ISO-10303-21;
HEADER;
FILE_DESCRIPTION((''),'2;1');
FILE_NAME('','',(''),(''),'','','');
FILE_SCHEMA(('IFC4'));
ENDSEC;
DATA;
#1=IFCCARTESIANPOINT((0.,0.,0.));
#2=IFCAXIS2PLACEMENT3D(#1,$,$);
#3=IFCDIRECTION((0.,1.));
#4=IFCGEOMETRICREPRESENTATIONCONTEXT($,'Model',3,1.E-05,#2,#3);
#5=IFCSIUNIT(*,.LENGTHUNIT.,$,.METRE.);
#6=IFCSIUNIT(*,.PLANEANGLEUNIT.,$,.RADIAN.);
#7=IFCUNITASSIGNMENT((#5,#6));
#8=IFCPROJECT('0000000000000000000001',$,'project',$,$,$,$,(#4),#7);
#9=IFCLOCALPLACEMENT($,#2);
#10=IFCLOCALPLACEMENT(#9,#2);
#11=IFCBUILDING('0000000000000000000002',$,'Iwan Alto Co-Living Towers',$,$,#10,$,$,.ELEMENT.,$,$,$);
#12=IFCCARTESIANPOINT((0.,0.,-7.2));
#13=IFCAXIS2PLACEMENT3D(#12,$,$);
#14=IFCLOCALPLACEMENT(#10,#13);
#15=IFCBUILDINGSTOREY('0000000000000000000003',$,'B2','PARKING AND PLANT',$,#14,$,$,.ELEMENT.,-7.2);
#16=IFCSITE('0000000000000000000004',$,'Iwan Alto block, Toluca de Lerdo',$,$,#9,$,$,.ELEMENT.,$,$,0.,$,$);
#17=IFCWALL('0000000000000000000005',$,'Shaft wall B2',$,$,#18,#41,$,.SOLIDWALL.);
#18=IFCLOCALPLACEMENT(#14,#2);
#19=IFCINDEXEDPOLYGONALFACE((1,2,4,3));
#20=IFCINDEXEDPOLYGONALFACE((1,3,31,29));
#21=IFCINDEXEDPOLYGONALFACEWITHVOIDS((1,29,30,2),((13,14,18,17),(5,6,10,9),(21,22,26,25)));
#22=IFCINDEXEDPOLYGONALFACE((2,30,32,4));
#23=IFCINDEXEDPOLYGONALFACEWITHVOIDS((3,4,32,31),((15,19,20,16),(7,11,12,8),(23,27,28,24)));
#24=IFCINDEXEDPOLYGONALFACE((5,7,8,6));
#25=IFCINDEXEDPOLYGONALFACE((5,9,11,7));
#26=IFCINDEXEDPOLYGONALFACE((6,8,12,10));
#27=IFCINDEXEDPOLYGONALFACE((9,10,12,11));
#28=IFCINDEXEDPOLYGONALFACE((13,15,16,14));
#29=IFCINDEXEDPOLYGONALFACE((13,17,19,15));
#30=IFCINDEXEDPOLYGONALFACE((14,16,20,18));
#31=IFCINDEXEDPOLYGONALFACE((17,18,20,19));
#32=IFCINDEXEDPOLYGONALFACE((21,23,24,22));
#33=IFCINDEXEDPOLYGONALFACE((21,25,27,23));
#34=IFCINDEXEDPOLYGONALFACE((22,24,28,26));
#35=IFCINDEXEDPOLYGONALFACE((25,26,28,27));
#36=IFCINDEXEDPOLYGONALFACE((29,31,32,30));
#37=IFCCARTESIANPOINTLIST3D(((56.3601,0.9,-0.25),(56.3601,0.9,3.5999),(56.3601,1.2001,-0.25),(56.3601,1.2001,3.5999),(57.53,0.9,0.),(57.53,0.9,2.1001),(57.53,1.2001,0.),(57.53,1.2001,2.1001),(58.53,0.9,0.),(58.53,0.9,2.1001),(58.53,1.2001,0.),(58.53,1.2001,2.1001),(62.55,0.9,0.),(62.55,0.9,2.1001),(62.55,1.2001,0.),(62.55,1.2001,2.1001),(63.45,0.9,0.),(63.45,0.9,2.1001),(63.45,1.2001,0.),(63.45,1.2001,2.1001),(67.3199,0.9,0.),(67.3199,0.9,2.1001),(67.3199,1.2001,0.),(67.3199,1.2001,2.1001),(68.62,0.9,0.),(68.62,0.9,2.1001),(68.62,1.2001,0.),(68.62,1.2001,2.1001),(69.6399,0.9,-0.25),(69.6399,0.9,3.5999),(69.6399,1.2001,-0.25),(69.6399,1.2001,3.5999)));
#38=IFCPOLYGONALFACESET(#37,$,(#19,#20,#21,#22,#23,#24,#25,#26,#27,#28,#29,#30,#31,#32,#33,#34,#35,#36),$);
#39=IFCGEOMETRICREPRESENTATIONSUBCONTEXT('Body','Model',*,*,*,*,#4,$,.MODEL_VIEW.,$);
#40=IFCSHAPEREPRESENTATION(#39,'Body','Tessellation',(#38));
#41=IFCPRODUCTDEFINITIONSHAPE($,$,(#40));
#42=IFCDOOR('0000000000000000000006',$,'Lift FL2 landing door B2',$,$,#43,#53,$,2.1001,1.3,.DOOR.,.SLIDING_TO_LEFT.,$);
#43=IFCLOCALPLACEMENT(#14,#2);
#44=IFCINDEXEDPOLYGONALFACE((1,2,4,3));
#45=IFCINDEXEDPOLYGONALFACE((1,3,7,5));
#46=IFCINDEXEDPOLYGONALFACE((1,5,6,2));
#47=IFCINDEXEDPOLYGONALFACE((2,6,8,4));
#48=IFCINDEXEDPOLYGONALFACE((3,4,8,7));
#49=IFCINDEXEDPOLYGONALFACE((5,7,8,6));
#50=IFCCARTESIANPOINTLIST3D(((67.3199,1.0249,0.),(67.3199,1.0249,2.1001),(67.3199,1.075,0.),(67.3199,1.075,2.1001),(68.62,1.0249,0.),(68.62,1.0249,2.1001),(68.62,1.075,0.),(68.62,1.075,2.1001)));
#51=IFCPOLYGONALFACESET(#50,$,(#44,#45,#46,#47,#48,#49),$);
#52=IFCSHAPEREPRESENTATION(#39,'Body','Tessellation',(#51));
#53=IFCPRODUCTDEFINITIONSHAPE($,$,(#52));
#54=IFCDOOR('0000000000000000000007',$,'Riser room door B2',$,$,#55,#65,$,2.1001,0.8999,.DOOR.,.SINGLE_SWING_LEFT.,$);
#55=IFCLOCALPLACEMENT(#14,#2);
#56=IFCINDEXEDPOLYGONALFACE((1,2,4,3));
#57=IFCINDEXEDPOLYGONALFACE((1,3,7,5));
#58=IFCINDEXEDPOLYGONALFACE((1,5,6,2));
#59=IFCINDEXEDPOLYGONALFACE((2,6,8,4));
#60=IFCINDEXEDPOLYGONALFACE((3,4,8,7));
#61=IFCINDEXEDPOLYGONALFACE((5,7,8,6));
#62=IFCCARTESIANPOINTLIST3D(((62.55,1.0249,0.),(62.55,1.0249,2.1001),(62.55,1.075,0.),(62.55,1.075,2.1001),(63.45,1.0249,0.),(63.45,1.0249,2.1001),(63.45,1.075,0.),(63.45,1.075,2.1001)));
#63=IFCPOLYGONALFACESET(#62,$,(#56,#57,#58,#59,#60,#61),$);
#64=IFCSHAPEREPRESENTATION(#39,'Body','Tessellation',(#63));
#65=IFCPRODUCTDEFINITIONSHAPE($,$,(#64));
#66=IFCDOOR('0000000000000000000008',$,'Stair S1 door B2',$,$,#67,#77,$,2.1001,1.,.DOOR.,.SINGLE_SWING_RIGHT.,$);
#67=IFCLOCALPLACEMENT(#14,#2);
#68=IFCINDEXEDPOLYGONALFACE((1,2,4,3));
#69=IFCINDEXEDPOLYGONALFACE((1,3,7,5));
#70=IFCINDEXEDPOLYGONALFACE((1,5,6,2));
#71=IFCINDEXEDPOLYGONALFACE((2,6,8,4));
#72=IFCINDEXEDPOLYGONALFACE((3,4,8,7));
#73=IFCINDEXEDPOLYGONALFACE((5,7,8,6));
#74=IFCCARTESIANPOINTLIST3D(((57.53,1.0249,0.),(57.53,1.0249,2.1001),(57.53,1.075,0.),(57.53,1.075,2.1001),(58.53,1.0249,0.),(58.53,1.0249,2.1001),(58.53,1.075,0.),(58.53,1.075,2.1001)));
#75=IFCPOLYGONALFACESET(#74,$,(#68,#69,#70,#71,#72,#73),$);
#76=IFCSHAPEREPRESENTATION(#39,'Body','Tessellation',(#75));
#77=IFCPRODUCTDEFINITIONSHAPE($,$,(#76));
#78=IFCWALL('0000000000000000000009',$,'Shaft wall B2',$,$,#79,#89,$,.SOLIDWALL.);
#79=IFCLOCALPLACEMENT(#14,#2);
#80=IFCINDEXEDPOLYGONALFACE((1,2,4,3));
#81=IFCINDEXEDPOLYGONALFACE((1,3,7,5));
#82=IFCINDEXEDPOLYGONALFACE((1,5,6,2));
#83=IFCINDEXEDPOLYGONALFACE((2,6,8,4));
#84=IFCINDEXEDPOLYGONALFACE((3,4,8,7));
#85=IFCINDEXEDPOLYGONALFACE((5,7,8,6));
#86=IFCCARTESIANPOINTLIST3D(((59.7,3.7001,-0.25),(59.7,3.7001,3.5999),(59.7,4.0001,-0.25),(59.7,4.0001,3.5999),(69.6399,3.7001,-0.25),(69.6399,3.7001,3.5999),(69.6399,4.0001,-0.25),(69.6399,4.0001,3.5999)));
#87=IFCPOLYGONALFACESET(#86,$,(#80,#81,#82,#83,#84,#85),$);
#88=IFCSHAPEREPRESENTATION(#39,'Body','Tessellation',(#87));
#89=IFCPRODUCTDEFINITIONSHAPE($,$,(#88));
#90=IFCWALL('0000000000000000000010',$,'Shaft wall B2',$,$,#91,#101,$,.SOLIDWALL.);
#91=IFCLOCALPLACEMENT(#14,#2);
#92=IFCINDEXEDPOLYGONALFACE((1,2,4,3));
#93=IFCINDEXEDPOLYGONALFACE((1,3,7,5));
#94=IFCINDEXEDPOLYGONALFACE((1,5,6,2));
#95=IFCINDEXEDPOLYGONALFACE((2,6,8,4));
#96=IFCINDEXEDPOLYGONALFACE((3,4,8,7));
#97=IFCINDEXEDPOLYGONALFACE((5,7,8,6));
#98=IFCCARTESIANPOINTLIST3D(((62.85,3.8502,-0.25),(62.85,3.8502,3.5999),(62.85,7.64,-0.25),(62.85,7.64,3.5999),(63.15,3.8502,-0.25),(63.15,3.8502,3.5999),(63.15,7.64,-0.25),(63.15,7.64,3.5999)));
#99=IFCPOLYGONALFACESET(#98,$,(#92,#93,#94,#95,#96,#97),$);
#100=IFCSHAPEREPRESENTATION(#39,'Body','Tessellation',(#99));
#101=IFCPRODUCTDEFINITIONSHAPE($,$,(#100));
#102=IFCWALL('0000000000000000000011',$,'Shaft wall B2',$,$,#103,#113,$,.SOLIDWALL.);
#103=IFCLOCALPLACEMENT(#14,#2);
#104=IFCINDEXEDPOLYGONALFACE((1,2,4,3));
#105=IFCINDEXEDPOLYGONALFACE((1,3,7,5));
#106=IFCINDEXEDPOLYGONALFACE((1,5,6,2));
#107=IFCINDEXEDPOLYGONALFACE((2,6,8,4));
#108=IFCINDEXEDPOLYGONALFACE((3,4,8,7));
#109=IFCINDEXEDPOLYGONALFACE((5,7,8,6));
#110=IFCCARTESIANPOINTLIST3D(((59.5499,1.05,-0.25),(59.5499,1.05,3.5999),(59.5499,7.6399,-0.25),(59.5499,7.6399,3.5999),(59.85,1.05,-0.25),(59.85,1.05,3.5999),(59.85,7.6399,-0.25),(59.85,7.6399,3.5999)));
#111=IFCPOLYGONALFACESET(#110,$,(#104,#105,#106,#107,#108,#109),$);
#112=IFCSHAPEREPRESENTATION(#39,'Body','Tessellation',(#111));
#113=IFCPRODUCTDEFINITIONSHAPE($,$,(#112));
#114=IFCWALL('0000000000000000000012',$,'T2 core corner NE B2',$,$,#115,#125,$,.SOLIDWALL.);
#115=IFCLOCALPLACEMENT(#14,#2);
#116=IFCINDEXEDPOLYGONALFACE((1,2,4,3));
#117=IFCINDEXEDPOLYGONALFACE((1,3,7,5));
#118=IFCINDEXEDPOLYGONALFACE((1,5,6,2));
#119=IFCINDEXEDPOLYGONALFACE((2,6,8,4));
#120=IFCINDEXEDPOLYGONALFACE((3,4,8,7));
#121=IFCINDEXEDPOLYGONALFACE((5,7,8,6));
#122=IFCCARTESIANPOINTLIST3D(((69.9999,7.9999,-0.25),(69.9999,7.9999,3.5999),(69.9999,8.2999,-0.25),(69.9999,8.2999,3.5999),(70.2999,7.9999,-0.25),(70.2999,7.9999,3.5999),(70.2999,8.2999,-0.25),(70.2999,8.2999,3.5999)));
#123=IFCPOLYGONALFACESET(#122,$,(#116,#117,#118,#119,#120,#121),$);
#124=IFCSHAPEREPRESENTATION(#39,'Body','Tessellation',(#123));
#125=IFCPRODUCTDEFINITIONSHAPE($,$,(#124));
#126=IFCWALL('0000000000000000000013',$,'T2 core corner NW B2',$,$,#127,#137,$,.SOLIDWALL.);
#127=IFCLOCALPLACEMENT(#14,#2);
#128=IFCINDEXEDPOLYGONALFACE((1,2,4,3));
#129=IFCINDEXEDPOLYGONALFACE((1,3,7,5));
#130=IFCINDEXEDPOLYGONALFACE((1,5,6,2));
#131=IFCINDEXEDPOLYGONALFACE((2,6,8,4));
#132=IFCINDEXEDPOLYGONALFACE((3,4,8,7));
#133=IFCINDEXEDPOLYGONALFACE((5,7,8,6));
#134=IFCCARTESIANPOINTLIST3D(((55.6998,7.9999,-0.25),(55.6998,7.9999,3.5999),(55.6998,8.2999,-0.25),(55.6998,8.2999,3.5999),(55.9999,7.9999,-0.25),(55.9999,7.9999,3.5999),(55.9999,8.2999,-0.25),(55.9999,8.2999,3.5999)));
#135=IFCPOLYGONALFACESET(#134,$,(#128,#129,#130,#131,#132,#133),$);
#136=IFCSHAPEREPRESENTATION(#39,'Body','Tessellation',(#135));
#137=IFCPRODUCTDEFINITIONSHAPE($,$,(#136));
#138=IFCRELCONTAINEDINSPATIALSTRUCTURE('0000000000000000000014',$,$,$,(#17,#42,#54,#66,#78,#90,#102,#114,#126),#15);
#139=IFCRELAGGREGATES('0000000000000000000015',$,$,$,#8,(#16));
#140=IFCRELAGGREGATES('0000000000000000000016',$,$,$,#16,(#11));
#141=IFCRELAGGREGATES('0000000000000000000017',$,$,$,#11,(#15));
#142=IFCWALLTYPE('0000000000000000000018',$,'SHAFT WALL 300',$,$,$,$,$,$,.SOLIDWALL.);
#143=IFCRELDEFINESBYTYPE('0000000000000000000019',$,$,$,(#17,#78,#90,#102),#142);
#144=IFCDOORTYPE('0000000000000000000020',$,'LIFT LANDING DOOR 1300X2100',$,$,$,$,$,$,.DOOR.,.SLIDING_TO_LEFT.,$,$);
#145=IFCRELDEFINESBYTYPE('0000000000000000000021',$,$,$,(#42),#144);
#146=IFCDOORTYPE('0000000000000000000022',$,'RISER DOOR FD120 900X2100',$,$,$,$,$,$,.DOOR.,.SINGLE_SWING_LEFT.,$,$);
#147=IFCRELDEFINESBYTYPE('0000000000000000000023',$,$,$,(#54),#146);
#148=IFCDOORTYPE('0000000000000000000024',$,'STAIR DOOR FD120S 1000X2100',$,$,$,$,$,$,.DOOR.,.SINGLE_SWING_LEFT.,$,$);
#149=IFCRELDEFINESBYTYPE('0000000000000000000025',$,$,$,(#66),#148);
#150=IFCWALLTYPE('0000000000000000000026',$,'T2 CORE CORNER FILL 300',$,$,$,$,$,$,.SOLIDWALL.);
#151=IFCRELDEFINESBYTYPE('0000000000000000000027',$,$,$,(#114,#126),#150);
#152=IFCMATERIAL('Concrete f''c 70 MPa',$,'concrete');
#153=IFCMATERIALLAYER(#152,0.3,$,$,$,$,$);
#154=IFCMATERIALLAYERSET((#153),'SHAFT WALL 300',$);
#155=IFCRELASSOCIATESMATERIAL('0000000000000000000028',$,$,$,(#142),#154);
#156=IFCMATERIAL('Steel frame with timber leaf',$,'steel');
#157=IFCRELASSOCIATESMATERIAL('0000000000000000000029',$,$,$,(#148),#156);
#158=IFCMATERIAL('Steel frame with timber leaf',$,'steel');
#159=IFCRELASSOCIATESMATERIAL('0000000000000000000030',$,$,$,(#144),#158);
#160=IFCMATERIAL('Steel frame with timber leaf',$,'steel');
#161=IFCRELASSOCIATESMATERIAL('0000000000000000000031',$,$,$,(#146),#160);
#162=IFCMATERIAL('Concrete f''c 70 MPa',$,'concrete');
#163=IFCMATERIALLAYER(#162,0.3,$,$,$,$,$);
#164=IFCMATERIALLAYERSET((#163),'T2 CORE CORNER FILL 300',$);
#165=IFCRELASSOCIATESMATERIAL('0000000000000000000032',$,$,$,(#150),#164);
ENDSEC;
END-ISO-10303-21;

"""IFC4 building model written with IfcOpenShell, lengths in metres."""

from ifc_helpers import new_model, si_unit, direction, frame, frame_2d, origin, place, context, subcontext, project, spatial, rectangle, extrude, material, layer, layer_set, type_object, element, fill, save


model = new_model("IFC4")

# Units and contexts
model_context = context("Model", 3, precision=1e-05, world=origin(), true_north=direction((0.0, 1.0)))
body_context = subcontext(model_context, "Body", "Model", "MODEL_VIEW")
ifc_project = project(units=[si_unit("LENGTHUNIT", "METRE"), si_unit("PLANEANGLEUNIT", "RADIAN")], contexts=[model_context])

# Site, building, storey
site_placement = place(None, origin())
site = spatial("IfcSite", under=ifc_project, at=site_placement, Name="Iwan Alto block, Toluca de Lerdo", CompositionType="ELEMENT", RefElevation=0.0)
building_placement = place(site_placement, origin())
building = spatial("IfcBuilding", under=site, at=building_placement, Name="Iwan Alto Co-Living Towers", CompositionType="ELEMENT")
storey_placement = place(building_placement, frame((0.0, 0.0, -7.2)))
storey = spatial("IfcBuildingStorey", under=building, at=storey_placement, Name="B2", Description="PARKING AND PLANT", CompositionType="ELEMENT", Elevation=-7.2)

# Wall, openings, doors
ifc_material_1 = material(Name="Concrete f'c 70 MPa", Category="concrete")
ifc_layer_1 = layer(ifc_material_1, 0.3)
ifc_layer_set_1 = layer_set([ifc_layer_1], Name="SHAFT WALL 300")
wall_type_1 = type_object("IfcWallType", Name="SHAFT WALL 300", PredefinedType="SOLIDWALL", material=ifc_layer_set_1)
ifc_material_2 = material(Name="Steel frame with timber leaf", Category="steel")
door_type_1 = type_object("IfcDoorType", Name="STAIR DOOR FD120S 1000X2100", OperationType="SINGLE_SWING_LEFT", PredefinedType="DOOR", material=ifc_material_2)
wall_1_placement = place(storey_placement, frame((56.3601, 1.05, -0.25), z_axis=(0.0, 0.0, 1.0), x_axis=(1.0, 0.0, 0.0)))
wall_1 = element("IfcWall", 1, at=wall_1_placement, inside=storey, type_object=wall_type_1, Name="Shaft wall B2", PredefinedType="SOLIDWALL", context=body_context, shape_type="SweptSolid", body=[
    extrude(rectangle(XDim=13.2798, YDim=0.3, at=frame_2d((6.6399, 0.0))), origin(), (0.0, 0.0, 1.0), 3.8499),
])
opening_1_placement = place(wall_1_placement, frame((1.1699, 0.0, 0.25)))
opening_1 = element("IfcOpeningElement", 2, at=opening_1_placement, cuts=wall_1, PredefinedType="OPENING", context=body_context, shape_type="SweptSolid", body=[
    extrude(rectangle(XDim=1.0, YDim=2.1001, at=frame_2d((0.5, 1.05))), frame((0.0, 0.1599, 0.0), z_axis=(0.0, -1.0, 0.0), x_axis=(1.0, 0.0, 0.0)), (0.0, 0.0, 1.0), 0.3201),
])
opening_2_placement = place(wall_1_placement, frame((6.1899, 0.0, 0.25)))
opening_2 = element("IfcOpeningElement", 3, at=opening_2_placement, cuts=wall_1, PredefinedType="OPENING", context=body_context, shape_type="SweptSolid", body=[
    extrude(rectangle(XDim=0.8999, YDim=2.1001, at=frame_2d((0.45, 1.05))), frame((0.0, 0.1599, 0.0), z_axis=(0.0, -1.0, 0.0), x_axis=(1.0, 0.0, 0.0)), (0.0, 0.0, 1.0), 0.3201),
])
opening_3_placement = place(wall_1_placement, frame((10.96, 0.0, 0.25)))
opening_3 = element("IfcOpeningElement", 4, at=opening_3_placement, cuts=wall_1, PredefinedType="OPENING", context=body_context, shape_type="SweptSolid", body=[
    extrude(rectangle(XDim=1.3, YDim=2.1001, at=frame_2d((0.6499, 1.05))), frame((0.0, 0.1599, 0.0), z_axis=(0.0, -1.0, 0.0), x_axis=(1.0, 0.0, 0.0)), (0.0, 0.0, 1.0), 0.3201),
])
ifc_material_3 = material(Name="Steel frame with timber leaf", Category="steel")
door_type_2 = type_object("IfcDoorType", Name="LIFT LANDING DOOR 1300X2100", OperationType="SLIDING_TO_LEFT", PredefinedType="DOOR", material=ifc_material_3)
door_1_placement = place(opening_3_placement, origin())
door_1 = element("IfcDoor", 5, at=door_1_placement, inside=storey, type_object=door_type_2, Name="Lift FL2 landing door B2", OperationType="SLIDING_TO_LEFT", OverallHeight=2.1001, OverallWidth=1.3, PredefinedType="DOOR", context=body_context, shape_type="SweptSolid", body=[
    extrude(rectangle(XDim=1.3, YDim=2.1001, at=frame_2d((0.6499, 1.05))), frame((0.0, 0.0249, 0.0), z_axis=(0.0, -1.0, 0.0), x_axis=(1.0, 0.0, 0.0)), (0.0, 0.0, 1.0), 0.05),
])
fill(opening_3, door_1)
ifc_material_4 = material(Name="Steel frame with timber leaf", Category="steel")
door_type_3 = type_object("IfcDoorType", Name="RISER DOOR FD120 900X2100", OperationType="SINGLE_SWING_LEFT", PredefinedType="DOOR", material=ifc_material_4)
door_2_placement = place(opening_2_placement, origin())
door_2 = element("IfcDoor", 6, at=door_2_placement, inside=storey, type_object=door_type_3, Name="Riser room door B2", OperationType="SINGLE_SWING_LEFT", OverallHeight=2.1001, OverallWidth=0.8999, PredefinedType="DOOR", context=body_context, shape_type="SweptSolid", body=[
    extrude(rectangle(XDim=0.8999, YDim=2.1001, at=frame_2d((0.45, 1.05))), frame((0.0, 0.0249, 0.0), z_axis=(0.0, -1.0, 0.0), x_axis=(1.0, 0.0, 0.0)), (0.0, 0.0, 1.0), 0.05),
])
fill(opening_2, door_2)
door_3_placement = place(opening_1_placement, origin())
door_3 = element("IfcDoor", 7, at=door_3_placement, inside=storey, type_object=door_type_1, Name="Stair S1 door B2", OperationType="SINGLE_SWING_RIGHT", OverallHeight=2.1001, OverallWidth=1.0, PredefinedType="DOOR", context=body_context, shape_type="SweptSolid", body=[
    extrude(rectangle(XDim=1.0, YDim=2.1001, at=frame_2d((0.5, 1.05))), frame((0.0, 0.0249, 0.0), z_axis=(0.0, -1.0, 0.0), x_axis=(1.0, 0.0, 0.0)), (0.0, 0.0, 1.0), 0.05),
])
fill(opening_1, door_3)

# Walls
wall_2_placement = place(storey_placement, frame((59.7, 3.8501, -0.25), z_axis=(0.0, 0.0, 1.0), x_axis=(1.0, 0.0, 0.0)))
element("IfcWall", 8, at=wall_2_placement, inside=storey, type_object=wall_type_1, Name="Shaft wall B2", PredefinedType="SOLIDWALL", context=body_context, shape_type="SweptSolid", body=[
    extrude(rectangle(XDim=9.9399, YDim=0.3, at=frame_2d((4.97, 0.0))), origin(), (0.0, 0.0, 1.0), 3.8499),
])
wall_3_placement = place(storey_placement, frame((63.0, 3.8501, -0.25), z_axis=(0.0, 0.0, 1.0), x_axis=(0.0, 1.0, 0.0)))
element("IfcWall", 9, at=wall_3_placement, inside=storey, type_object=wall_type_1, Name="Shaft wall B2", PredefinedType="SOLIDWALL", context=body_context, shape_type="SweptSolid", body=[
    extrude(rectangle(XDim=3.7898, YDim=0.3, at=frame_2d((1.895, 0.0))), origin(), (0.0, 0.0, 1.0), 3.8499),
])
wall_4_placement = place(storey_placement, frame((59.7, 1.05, -0.25), z_axis=(0.0, 0.0, 1.0), x_axis=(0.0, 1.0, 0.0)))
element("IfcWall", 10, at=wall_4_placement, inside=storey, type_object=wall_type_1, Name="Shaft wall B2", PredefinedType="SOLIDWALL", context=body_context, shape_type="SweptSolid", body=[
    extrude(rectangle(XDim=6.5898, YDim=0.3, at=frame_2d((3.2949, 0.0))), origin(), (0.0, 0.0, 1.0), 3.8499),
])
ifc_material_5 = material(Name="Concrete f'c 70 MPa", Category="concrete")
ifc_layer_2 = layer(ifc_material_5, 0.3)
ifc_layer_set_2 = layer_set([ifc_layer_2], Name="T2 CORE CORNER FILL 300")
wall_type_2 = type_object("IfcWallType", Name="T2 CORE CORNER FILL 300", PredefinedType="SOLIDWALL", material=ifc_layer_set_2)
for number, where, z_axis, x_axis, name in (
    (11, (70.0, 8.1499, -0.25), (0.0, 0.0, 1.0), (1.0, 0.0, 0.0), "T2 core corner NE B2"),
    (12, (55.7, 8.1499, -0.25), (0.0, 0.0, 1.0), (1.0, 0.0, 0.0), "T2 core corner NW B2"),
):
    element("IfcWall", number, at=place(storey_placement, frame(where, z_axis=z_axis, x_axis=x_axis)), inside=storey, type_object=wall_type_2, Name=name, PredefinedType="SOLIDWALL", context=body_context, shape_type="SweptSolid", body=[
        extrude(rectangle(XDim=0.3, YDim=0.3, at=frame_2d((0.1499, 0.0))), origin(), (0.0, 0.0, 1.0), 3.8499),
    ])

save(model, "model.ifc")
